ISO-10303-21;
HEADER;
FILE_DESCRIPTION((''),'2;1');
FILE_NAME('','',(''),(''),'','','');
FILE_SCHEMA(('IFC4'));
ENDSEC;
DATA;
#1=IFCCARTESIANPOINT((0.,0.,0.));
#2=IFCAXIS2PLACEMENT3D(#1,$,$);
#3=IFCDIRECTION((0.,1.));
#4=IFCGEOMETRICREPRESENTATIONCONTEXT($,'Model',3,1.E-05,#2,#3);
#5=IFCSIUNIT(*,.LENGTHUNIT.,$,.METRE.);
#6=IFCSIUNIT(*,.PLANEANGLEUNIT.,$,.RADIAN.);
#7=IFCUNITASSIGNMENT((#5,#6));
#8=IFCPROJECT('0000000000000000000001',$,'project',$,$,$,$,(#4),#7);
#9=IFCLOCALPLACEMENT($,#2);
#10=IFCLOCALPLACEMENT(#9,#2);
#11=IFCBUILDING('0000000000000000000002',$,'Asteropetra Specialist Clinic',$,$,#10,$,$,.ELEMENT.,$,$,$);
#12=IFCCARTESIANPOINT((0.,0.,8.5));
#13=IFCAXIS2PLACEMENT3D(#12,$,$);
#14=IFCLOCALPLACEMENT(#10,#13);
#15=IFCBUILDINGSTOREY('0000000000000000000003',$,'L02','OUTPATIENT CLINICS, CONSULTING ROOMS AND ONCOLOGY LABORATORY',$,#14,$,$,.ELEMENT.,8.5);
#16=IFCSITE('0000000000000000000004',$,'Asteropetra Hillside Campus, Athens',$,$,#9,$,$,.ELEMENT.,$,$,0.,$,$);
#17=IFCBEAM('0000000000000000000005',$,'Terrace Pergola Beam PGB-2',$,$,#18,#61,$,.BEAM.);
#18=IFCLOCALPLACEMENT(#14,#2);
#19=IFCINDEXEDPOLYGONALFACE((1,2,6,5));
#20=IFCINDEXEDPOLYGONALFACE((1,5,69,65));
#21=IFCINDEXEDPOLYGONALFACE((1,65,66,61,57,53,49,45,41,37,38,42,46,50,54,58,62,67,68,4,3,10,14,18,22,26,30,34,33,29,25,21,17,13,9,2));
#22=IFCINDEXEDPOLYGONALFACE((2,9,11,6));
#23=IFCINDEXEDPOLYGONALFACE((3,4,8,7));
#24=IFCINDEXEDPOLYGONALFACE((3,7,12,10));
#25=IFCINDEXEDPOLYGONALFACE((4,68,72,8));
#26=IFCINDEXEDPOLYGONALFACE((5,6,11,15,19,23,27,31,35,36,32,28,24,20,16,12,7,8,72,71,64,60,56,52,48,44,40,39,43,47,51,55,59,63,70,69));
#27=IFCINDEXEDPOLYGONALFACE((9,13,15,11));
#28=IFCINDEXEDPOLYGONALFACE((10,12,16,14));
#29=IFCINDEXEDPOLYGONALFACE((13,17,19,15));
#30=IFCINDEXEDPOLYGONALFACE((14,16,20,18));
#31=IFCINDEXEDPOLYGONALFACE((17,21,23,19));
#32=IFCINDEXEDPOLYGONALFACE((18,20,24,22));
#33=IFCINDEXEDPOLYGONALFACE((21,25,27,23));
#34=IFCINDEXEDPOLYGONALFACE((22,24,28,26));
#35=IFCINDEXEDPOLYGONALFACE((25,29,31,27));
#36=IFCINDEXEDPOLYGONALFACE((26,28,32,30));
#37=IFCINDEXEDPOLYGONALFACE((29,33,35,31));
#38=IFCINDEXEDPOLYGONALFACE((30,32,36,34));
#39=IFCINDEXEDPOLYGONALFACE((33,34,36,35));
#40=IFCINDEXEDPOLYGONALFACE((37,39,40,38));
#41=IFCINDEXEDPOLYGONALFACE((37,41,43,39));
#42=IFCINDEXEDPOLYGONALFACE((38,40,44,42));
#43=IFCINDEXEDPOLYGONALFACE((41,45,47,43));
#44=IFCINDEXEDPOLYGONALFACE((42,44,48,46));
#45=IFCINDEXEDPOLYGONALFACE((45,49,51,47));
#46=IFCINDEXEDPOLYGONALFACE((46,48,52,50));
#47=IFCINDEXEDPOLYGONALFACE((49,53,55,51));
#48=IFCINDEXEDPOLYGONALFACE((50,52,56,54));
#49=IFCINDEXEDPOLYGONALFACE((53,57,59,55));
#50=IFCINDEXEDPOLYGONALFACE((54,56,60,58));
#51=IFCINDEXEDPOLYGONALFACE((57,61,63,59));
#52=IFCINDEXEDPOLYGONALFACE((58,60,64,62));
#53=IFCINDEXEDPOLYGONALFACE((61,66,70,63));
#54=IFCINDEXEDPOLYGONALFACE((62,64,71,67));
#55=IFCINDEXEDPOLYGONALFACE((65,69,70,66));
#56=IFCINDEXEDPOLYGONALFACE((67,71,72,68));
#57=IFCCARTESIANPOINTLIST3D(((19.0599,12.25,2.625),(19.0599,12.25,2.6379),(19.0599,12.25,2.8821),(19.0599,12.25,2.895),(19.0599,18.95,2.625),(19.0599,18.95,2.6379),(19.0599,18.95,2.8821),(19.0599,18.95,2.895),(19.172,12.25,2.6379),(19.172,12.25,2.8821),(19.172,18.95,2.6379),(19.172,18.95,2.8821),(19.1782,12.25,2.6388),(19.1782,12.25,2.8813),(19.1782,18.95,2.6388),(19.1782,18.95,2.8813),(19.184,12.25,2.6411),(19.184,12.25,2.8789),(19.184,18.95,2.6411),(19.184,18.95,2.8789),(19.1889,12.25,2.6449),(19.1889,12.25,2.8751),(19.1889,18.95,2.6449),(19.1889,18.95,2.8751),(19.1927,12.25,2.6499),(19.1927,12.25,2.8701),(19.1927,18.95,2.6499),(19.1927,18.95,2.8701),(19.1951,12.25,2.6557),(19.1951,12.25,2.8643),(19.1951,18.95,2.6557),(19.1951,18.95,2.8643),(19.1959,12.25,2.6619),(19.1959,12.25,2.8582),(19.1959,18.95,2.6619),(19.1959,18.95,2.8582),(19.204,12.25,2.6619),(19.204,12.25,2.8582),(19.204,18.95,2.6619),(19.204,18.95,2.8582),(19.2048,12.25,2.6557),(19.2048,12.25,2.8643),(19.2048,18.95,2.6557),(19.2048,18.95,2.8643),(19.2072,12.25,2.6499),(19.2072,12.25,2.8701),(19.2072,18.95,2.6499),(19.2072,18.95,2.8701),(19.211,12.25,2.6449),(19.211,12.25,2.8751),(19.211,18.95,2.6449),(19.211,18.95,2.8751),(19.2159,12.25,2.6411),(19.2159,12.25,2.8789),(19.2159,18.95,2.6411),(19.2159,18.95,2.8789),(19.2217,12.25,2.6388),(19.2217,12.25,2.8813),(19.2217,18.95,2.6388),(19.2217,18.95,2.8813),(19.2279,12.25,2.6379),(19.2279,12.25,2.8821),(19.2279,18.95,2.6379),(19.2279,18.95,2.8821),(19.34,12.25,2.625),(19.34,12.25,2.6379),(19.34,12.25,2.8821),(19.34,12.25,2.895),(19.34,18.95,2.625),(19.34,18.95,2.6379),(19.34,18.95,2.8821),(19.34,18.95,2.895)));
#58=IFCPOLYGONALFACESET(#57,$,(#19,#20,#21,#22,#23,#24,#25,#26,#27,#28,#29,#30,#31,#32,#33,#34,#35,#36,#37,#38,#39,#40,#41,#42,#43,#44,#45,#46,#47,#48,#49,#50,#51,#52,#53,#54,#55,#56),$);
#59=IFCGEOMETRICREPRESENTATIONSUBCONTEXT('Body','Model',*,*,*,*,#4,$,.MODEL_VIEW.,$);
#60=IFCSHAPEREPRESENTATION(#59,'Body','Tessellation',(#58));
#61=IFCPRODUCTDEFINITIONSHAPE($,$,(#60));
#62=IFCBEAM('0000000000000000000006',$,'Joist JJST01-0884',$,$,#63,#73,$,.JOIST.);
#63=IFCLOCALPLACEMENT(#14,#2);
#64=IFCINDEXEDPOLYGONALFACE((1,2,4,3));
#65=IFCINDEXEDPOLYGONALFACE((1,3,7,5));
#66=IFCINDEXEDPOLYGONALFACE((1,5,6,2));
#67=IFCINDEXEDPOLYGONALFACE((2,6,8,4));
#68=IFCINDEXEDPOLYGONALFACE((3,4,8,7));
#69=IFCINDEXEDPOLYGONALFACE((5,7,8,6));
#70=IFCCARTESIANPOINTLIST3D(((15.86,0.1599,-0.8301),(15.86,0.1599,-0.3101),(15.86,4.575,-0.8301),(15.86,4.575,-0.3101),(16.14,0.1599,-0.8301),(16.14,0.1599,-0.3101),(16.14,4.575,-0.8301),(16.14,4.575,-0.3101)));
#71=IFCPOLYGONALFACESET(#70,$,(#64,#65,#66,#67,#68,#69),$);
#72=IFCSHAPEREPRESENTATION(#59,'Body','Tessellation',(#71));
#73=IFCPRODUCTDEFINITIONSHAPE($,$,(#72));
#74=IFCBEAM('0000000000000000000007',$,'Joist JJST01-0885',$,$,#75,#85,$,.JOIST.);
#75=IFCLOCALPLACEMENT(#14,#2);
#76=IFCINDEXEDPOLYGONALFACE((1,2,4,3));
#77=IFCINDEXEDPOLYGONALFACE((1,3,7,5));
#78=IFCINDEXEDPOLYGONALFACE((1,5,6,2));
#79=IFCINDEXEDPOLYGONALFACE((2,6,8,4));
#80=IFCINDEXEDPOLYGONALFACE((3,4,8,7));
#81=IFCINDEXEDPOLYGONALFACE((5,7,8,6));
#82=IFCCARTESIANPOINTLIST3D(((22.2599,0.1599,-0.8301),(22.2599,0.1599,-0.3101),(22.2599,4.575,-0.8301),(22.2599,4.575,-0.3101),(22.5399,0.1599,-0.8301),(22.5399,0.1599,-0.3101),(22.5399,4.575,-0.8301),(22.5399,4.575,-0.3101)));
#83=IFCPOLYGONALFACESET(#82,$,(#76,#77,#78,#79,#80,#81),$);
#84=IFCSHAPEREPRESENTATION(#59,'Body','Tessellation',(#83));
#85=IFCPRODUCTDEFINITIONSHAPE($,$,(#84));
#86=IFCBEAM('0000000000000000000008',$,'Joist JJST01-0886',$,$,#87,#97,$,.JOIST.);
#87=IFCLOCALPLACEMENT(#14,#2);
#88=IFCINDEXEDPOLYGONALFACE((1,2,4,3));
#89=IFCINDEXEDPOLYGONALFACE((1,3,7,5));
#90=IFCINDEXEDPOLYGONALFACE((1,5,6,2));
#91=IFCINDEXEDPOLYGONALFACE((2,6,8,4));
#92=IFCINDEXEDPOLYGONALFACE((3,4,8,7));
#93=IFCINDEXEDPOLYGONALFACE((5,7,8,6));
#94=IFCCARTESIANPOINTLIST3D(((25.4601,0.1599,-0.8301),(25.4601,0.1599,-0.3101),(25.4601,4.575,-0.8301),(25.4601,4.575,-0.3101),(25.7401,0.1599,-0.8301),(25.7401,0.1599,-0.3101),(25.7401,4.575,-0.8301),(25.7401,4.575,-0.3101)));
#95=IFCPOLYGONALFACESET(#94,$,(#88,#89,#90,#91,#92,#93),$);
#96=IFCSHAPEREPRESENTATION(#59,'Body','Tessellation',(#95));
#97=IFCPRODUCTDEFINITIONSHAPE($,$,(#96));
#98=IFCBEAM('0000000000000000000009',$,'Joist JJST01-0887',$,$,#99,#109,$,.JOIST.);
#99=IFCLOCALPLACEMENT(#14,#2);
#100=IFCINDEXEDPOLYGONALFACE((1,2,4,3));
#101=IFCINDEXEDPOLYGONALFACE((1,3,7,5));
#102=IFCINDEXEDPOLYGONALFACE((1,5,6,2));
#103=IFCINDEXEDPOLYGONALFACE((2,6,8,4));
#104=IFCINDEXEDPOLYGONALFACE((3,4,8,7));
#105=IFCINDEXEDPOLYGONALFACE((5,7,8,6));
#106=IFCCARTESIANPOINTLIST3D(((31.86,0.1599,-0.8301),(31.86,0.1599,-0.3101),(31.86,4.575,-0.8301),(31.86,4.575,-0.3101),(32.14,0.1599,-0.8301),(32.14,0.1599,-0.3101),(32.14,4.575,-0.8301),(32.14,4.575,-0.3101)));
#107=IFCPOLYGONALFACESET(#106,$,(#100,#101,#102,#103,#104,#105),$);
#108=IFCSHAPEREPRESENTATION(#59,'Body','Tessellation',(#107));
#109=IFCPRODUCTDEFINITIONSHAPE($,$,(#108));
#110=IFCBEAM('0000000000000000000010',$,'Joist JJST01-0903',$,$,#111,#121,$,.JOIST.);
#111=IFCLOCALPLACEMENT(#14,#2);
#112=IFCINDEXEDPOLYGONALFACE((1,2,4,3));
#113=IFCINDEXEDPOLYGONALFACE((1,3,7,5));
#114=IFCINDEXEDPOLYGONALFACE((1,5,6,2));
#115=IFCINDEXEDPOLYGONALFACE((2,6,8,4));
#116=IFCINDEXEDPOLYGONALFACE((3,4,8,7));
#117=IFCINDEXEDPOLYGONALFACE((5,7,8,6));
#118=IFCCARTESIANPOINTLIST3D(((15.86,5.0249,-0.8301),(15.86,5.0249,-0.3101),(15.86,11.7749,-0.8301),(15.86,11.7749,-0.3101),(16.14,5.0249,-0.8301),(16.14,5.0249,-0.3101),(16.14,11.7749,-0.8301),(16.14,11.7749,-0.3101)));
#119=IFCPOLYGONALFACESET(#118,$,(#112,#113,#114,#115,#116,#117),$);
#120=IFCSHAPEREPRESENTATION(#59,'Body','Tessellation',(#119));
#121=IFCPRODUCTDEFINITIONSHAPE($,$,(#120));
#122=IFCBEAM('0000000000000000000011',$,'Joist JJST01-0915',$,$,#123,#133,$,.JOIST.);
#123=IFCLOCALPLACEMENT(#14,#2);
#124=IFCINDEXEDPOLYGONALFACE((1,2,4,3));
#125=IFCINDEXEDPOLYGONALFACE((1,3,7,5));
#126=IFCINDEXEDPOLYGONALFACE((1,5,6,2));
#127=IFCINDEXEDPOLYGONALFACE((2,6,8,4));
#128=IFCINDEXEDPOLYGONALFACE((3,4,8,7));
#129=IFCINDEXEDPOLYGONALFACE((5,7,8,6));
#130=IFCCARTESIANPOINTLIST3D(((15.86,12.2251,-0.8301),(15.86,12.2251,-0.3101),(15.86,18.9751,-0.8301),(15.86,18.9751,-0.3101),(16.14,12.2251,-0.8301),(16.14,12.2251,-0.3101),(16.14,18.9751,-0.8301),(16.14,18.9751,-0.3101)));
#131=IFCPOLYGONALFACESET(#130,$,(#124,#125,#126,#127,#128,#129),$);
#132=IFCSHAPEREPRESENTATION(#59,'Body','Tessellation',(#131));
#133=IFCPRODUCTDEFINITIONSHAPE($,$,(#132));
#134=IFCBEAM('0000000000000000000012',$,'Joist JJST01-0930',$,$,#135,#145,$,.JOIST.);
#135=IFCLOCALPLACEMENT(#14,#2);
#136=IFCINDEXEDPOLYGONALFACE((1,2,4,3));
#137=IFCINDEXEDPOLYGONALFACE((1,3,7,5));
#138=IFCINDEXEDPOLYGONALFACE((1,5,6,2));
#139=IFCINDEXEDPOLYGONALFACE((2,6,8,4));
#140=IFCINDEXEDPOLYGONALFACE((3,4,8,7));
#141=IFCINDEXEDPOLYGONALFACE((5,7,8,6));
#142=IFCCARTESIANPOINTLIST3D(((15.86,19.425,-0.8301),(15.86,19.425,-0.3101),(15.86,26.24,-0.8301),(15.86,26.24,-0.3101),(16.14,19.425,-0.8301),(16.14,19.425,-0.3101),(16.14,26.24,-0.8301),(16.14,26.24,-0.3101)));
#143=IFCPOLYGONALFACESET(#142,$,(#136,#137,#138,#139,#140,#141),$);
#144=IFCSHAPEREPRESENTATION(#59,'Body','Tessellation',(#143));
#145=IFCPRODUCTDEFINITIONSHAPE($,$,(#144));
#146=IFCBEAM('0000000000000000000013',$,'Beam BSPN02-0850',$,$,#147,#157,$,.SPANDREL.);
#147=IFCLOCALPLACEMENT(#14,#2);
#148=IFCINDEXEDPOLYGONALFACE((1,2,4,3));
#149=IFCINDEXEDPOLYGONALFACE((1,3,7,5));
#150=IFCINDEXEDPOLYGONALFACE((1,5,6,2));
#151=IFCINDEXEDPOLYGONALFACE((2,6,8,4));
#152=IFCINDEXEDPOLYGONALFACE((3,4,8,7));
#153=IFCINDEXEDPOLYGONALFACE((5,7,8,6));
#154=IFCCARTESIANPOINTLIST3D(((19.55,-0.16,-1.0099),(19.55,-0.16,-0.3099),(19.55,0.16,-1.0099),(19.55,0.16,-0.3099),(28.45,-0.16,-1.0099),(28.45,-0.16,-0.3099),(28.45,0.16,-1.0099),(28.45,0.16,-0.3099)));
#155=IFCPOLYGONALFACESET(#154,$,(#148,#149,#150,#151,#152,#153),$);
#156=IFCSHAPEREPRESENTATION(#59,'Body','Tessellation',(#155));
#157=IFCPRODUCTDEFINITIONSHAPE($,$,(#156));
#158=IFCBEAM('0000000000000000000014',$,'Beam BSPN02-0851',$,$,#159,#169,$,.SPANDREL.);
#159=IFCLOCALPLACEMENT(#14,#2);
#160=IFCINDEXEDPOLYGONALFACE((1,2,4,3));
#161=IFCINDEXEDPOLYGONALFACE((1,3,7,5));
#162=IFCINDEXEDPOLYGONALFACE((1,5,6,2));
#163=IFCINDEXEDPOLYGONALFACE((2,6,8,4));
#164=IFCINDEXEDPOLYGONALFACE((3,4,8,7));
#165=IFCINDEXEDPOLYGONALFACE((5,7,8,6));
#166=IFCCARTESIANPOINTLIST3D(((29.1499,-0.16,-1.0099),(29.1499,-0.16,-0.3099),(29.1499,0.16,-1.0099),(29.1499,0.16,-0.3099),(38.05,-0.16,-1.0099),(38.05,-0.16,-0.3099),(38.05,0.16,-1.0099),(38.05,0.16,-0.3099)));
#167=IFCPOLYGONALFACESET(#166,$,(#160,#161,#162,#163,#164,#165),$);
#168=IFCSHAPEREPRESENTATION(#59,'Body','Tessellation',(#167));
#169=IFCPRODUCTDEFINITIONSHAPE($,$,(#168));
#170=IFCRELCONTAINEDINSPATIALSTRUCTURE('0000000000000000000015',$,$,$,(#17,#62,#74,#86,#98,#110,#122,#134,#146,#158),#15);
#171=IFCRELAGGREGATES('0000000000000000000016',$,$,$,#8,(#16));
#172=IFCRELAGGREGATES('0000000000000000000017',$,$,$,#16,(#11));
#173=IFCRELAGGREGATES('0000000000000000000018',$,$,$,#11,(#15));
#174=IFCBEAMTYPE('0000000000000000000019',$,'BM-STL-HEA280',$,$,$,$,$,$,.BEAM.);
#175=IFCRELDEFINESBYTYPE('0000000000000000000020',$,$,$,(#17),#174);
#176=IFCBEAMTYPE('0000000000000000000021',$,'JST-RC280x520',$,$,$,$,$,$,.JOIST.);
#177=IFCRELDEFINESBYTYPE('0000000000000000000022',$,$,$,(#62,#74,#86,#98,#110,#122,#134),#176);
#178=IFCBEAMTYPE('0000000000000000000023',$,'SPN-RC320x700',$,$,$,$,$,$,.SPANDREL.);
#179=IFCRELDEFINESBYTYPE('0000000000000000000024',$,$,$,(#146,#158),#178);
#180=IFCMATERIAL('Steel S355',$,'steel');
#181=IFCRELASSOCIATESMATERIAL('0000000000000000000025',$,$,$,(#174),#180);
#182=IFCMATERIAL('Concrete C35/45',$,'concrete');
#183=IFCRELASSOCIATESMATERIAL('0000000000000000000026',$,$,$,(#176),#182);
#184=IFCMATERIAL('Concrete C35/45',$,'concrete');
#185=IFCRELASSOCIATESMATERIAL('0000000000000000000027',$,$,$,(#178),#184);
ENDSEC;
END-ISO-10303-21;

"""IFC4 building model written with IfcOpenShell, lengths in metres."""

from ifc_helpers import new_model, si_unit, direction, frame, origin, origin_2d, place, context, subcontext, project, spatial, rectangle, i_section, extrude, material, material_profile, profile_set, type_object, element, save


model = new_model("IFC4")

# Units and contexts
model_context = context("Model", 3, precision=1e-05, world=origin(), true_north=direction((0.0, 1.0)))
body_context = subcontext(model_context, "Body", "Model", "MODEL_VIEW")
ifc_project = project(units=[si_unit("LENGTHUNIT", "METRE"), si_unit("PLANEANGLEUNIT", "RADIAN")], contexts=[model_context])

# Site, building, storey
site_placement = place(None, origin())
site = spatial("IfcSite", under=ifc_project, at=site_placement, Name="Asteropetra Hillside Campus, Athens", CompositionType="ELEMENT", RefElevation=0.0)
building_placement = place(site_placement, origin())
building = spatial("IfcBuilding", under=site, at=building_placement, Name="Asteropetra Specialist Clinic", CompositionType="ELEMENT")
storey_placement = place(building_placement, frame((0.0, 0.0, 8.5)))
storey = spatial("IfcBuildingStorey", under=building, at=storey_placement, Name="L02", Description="OUTPATIENT CLINICS, CONSULTING ROOMS AND ONCOLOGY LABORATORY", CompositionType="ELEMENT", Elevation=8.5)

# Beams
ifc_material_1 = material(Name="Steel S355", Category="steel")
ifc_material_profile_1 = material_profile(ifc_material_1, i_section(OverallWidth=0.28, OverallDepth=0.27, WebThickness=0.0081, FlangeThickness=0.0129, FilletRadius=0.0239, at=origin_2d()), Name="HEA 280")
ifc_profile_set_1 = profile_set([ifc_material_profile_1], Name="Steel S355")
beam_type_1 = type_object("IfcBeamType", Name="BM-STL-HEA280", PredefinedType="BEAM", material=ifc_profile_set_1)
beam_1_placement = place(storey_placement, frame((19.2, 12.25, 2.76), z_axis=(0.0, 1.0, 0.0), x_axis=(-1.0, 0.0, 0.0)))
element("IfcBeam", 1, at=beam_1_placement, inside=storey, type_object=beam_type_1, Name="Terrace Pergola Beam PGB-2", PredefinedType="BEAM", context=body_context, shape_type="SweptSolid", body=[
    extrude(i_section(OverallWidth=0.28, OverallDepth=0.27, WebThickness=0.0081, FlangeThickness=0.0129, FilletRadius=0.0239, at=origin_2d()), origin(), (0.0, 0.0, 1.0), 6.7),
])
ifc_material_2 = material(Name="Concrete C35/45", Category="concrete")
ifc_material_profile_2 = material_profile(ifc_material_2, rectangle(XDim=0.28, YDim=0.52, at=origin_2d()), Name="RCJ 280x520")
ifc_profile_set_2 = profile_set([ifc_material_profile_2], Name="Concrete C35/45")
beam_type_2 = type_object("IfcBeamType", Name="JST-RC280x520", PredefinedType="JOIST", material=ifc_profile_set_2)
for number, where, z_axis, x_axis, name in (
    (2, (16.0, 0.1599, -0.5701), (0.0, 1.0, 0.0), (-1.0, 0.0, 0.0), "Joist JJST01-0884"),
    (3, (22.3999, 0.1599, -0.5701), (0.0, 1.0, 0.0), (-1.0, 0.0, 0.0), "Joist JJST01-0885"),
    (4, (25.6001, 0.1599, -0.5701), (0.0, 1.0, 0.0), (-1.0, 0.0, 0.0), "Joist JJST01-0886"),
    (5, (32.0, 0.1599, -0.5701), (0.0, 1.0, 0.0), (-1.0, 0.0, 0.0), "Joist JJST01-0887"),
):
    element("IfcBeam", number, at=place(storey_placement, frame(where, z_axis=z_axis, x_axis=x_axis)), inside=storey, type_object=beam_type_2, Name=name, PredefinedType="JOIST", context=body_context, shape_type="SweptSolid", body=[
        extrude(rectangle(XDim=0.28, YDim=0.52, at=origin_2d()), origin(), (0.0, 0.0, 1.0), 4.415),
    ])
for number, where, z_axis, x_axis, name in (
    (6, (16.0, 5.0249, -0.5701), (0.0, 1.0, 0.0), (-1.0, 0.0, 0.0), "Joist JJST01-0903"),
    (7, (16.0, 12.2251, -0.5701), (0.0, 1.0, 0.0), (-1.0, 0.0, 0.0), "Joist JJST01-0915"),
):
    element("IfcBeam", number, at=place(storey_placement, frame(where, z_axis=z_axis, x_axis=x_axis)), inside=storey, type_object=beam_type_2, Name=name, PredefinedType="JOIST", context=body_context, shape_type="SweptSolid", body=[
        extrude(rectangle(XDim=0.28, YDim=0.52, at=origin_2d()), origin(), (0.0, 0.0, 1.0), 6.75),
    ])
beam_2_placement = place(storey_placement, frame((16.0, 19.425, -0.5701), z_axis=(0.0, 1.0, 0.0), x_axis=(-1.0, 0.0, 0.0)))
element("IfcBeam", 8, at=beam_2_placement, inside=storey, type_object=beam_type_2, Name="Joist JJST01-0930", PredefinedType="JOIST", context=body_context, shape_type="SweptSolid", body=[
    extrude(rectangle(XDim=0.28, YDim=0.52, at=origin_2d()), origin(), (0.0, 0.0, 1.0), 6.8149),
])
ifc_material_3 = material(Name="Concrete C35/45", Category="concrete")
ifc_material_profile_3 = material_profile(ifc_material_3, rectangle(XDim=0.3201, YDim=0.7, at=origin_2d()), Name="RCS 320x700")
ifc_profile_set_3 = profile_set([ifc_material_profile_3], Name="Concrete C35/45")
beam_type_3 = type_object("IfcBeamType", Name="SPN-RC320x700", PredefinedType="SPANDREL", material=ifc_profile_set_3)
beam_3_placement = place(storey_placement, frame((19.55, 0.0, -0.6599), z_axis=(1.0, 0.0, 0.0), x_axis=(0.0, 1.0, 0.0)))
element("IfcBeam", 9, at=beam_3_placement, inside=storey, type_object=beam_type_3, Name="Beam BSPN02-0850", PredefinedType="SPANDREL", context=body_context, shape_type="SweptSolid", body=[
    extrude(rectangle(XDim=0.3201, YDim=0.7, at=origin_2d()), origin(), (0.0, 0.0, 1.0), 8.8999),
])
beam_4_placement = place(storey_placement, frame((29.1499, 0.0, -0.6599), z_axis=(1.0, 0.0, 0.0), x_axis=(0.0, 1.0, 0.0)))
element("IfcBeam", 10, at=beam_4_placement, inside=storey, type_object=beam_type_3, Name="Beam BSPN02-0851", PredefinedType="SPANDREL", context=body_context, shape_type="SweptSolid", body=[
    extrude(rectangle(XDim=0.3201, YDim=0.7, at=origin_2d()), origin(), (0.0, 0.0, 1.0), 8.9001),
])

save(model, "model.ifc")
